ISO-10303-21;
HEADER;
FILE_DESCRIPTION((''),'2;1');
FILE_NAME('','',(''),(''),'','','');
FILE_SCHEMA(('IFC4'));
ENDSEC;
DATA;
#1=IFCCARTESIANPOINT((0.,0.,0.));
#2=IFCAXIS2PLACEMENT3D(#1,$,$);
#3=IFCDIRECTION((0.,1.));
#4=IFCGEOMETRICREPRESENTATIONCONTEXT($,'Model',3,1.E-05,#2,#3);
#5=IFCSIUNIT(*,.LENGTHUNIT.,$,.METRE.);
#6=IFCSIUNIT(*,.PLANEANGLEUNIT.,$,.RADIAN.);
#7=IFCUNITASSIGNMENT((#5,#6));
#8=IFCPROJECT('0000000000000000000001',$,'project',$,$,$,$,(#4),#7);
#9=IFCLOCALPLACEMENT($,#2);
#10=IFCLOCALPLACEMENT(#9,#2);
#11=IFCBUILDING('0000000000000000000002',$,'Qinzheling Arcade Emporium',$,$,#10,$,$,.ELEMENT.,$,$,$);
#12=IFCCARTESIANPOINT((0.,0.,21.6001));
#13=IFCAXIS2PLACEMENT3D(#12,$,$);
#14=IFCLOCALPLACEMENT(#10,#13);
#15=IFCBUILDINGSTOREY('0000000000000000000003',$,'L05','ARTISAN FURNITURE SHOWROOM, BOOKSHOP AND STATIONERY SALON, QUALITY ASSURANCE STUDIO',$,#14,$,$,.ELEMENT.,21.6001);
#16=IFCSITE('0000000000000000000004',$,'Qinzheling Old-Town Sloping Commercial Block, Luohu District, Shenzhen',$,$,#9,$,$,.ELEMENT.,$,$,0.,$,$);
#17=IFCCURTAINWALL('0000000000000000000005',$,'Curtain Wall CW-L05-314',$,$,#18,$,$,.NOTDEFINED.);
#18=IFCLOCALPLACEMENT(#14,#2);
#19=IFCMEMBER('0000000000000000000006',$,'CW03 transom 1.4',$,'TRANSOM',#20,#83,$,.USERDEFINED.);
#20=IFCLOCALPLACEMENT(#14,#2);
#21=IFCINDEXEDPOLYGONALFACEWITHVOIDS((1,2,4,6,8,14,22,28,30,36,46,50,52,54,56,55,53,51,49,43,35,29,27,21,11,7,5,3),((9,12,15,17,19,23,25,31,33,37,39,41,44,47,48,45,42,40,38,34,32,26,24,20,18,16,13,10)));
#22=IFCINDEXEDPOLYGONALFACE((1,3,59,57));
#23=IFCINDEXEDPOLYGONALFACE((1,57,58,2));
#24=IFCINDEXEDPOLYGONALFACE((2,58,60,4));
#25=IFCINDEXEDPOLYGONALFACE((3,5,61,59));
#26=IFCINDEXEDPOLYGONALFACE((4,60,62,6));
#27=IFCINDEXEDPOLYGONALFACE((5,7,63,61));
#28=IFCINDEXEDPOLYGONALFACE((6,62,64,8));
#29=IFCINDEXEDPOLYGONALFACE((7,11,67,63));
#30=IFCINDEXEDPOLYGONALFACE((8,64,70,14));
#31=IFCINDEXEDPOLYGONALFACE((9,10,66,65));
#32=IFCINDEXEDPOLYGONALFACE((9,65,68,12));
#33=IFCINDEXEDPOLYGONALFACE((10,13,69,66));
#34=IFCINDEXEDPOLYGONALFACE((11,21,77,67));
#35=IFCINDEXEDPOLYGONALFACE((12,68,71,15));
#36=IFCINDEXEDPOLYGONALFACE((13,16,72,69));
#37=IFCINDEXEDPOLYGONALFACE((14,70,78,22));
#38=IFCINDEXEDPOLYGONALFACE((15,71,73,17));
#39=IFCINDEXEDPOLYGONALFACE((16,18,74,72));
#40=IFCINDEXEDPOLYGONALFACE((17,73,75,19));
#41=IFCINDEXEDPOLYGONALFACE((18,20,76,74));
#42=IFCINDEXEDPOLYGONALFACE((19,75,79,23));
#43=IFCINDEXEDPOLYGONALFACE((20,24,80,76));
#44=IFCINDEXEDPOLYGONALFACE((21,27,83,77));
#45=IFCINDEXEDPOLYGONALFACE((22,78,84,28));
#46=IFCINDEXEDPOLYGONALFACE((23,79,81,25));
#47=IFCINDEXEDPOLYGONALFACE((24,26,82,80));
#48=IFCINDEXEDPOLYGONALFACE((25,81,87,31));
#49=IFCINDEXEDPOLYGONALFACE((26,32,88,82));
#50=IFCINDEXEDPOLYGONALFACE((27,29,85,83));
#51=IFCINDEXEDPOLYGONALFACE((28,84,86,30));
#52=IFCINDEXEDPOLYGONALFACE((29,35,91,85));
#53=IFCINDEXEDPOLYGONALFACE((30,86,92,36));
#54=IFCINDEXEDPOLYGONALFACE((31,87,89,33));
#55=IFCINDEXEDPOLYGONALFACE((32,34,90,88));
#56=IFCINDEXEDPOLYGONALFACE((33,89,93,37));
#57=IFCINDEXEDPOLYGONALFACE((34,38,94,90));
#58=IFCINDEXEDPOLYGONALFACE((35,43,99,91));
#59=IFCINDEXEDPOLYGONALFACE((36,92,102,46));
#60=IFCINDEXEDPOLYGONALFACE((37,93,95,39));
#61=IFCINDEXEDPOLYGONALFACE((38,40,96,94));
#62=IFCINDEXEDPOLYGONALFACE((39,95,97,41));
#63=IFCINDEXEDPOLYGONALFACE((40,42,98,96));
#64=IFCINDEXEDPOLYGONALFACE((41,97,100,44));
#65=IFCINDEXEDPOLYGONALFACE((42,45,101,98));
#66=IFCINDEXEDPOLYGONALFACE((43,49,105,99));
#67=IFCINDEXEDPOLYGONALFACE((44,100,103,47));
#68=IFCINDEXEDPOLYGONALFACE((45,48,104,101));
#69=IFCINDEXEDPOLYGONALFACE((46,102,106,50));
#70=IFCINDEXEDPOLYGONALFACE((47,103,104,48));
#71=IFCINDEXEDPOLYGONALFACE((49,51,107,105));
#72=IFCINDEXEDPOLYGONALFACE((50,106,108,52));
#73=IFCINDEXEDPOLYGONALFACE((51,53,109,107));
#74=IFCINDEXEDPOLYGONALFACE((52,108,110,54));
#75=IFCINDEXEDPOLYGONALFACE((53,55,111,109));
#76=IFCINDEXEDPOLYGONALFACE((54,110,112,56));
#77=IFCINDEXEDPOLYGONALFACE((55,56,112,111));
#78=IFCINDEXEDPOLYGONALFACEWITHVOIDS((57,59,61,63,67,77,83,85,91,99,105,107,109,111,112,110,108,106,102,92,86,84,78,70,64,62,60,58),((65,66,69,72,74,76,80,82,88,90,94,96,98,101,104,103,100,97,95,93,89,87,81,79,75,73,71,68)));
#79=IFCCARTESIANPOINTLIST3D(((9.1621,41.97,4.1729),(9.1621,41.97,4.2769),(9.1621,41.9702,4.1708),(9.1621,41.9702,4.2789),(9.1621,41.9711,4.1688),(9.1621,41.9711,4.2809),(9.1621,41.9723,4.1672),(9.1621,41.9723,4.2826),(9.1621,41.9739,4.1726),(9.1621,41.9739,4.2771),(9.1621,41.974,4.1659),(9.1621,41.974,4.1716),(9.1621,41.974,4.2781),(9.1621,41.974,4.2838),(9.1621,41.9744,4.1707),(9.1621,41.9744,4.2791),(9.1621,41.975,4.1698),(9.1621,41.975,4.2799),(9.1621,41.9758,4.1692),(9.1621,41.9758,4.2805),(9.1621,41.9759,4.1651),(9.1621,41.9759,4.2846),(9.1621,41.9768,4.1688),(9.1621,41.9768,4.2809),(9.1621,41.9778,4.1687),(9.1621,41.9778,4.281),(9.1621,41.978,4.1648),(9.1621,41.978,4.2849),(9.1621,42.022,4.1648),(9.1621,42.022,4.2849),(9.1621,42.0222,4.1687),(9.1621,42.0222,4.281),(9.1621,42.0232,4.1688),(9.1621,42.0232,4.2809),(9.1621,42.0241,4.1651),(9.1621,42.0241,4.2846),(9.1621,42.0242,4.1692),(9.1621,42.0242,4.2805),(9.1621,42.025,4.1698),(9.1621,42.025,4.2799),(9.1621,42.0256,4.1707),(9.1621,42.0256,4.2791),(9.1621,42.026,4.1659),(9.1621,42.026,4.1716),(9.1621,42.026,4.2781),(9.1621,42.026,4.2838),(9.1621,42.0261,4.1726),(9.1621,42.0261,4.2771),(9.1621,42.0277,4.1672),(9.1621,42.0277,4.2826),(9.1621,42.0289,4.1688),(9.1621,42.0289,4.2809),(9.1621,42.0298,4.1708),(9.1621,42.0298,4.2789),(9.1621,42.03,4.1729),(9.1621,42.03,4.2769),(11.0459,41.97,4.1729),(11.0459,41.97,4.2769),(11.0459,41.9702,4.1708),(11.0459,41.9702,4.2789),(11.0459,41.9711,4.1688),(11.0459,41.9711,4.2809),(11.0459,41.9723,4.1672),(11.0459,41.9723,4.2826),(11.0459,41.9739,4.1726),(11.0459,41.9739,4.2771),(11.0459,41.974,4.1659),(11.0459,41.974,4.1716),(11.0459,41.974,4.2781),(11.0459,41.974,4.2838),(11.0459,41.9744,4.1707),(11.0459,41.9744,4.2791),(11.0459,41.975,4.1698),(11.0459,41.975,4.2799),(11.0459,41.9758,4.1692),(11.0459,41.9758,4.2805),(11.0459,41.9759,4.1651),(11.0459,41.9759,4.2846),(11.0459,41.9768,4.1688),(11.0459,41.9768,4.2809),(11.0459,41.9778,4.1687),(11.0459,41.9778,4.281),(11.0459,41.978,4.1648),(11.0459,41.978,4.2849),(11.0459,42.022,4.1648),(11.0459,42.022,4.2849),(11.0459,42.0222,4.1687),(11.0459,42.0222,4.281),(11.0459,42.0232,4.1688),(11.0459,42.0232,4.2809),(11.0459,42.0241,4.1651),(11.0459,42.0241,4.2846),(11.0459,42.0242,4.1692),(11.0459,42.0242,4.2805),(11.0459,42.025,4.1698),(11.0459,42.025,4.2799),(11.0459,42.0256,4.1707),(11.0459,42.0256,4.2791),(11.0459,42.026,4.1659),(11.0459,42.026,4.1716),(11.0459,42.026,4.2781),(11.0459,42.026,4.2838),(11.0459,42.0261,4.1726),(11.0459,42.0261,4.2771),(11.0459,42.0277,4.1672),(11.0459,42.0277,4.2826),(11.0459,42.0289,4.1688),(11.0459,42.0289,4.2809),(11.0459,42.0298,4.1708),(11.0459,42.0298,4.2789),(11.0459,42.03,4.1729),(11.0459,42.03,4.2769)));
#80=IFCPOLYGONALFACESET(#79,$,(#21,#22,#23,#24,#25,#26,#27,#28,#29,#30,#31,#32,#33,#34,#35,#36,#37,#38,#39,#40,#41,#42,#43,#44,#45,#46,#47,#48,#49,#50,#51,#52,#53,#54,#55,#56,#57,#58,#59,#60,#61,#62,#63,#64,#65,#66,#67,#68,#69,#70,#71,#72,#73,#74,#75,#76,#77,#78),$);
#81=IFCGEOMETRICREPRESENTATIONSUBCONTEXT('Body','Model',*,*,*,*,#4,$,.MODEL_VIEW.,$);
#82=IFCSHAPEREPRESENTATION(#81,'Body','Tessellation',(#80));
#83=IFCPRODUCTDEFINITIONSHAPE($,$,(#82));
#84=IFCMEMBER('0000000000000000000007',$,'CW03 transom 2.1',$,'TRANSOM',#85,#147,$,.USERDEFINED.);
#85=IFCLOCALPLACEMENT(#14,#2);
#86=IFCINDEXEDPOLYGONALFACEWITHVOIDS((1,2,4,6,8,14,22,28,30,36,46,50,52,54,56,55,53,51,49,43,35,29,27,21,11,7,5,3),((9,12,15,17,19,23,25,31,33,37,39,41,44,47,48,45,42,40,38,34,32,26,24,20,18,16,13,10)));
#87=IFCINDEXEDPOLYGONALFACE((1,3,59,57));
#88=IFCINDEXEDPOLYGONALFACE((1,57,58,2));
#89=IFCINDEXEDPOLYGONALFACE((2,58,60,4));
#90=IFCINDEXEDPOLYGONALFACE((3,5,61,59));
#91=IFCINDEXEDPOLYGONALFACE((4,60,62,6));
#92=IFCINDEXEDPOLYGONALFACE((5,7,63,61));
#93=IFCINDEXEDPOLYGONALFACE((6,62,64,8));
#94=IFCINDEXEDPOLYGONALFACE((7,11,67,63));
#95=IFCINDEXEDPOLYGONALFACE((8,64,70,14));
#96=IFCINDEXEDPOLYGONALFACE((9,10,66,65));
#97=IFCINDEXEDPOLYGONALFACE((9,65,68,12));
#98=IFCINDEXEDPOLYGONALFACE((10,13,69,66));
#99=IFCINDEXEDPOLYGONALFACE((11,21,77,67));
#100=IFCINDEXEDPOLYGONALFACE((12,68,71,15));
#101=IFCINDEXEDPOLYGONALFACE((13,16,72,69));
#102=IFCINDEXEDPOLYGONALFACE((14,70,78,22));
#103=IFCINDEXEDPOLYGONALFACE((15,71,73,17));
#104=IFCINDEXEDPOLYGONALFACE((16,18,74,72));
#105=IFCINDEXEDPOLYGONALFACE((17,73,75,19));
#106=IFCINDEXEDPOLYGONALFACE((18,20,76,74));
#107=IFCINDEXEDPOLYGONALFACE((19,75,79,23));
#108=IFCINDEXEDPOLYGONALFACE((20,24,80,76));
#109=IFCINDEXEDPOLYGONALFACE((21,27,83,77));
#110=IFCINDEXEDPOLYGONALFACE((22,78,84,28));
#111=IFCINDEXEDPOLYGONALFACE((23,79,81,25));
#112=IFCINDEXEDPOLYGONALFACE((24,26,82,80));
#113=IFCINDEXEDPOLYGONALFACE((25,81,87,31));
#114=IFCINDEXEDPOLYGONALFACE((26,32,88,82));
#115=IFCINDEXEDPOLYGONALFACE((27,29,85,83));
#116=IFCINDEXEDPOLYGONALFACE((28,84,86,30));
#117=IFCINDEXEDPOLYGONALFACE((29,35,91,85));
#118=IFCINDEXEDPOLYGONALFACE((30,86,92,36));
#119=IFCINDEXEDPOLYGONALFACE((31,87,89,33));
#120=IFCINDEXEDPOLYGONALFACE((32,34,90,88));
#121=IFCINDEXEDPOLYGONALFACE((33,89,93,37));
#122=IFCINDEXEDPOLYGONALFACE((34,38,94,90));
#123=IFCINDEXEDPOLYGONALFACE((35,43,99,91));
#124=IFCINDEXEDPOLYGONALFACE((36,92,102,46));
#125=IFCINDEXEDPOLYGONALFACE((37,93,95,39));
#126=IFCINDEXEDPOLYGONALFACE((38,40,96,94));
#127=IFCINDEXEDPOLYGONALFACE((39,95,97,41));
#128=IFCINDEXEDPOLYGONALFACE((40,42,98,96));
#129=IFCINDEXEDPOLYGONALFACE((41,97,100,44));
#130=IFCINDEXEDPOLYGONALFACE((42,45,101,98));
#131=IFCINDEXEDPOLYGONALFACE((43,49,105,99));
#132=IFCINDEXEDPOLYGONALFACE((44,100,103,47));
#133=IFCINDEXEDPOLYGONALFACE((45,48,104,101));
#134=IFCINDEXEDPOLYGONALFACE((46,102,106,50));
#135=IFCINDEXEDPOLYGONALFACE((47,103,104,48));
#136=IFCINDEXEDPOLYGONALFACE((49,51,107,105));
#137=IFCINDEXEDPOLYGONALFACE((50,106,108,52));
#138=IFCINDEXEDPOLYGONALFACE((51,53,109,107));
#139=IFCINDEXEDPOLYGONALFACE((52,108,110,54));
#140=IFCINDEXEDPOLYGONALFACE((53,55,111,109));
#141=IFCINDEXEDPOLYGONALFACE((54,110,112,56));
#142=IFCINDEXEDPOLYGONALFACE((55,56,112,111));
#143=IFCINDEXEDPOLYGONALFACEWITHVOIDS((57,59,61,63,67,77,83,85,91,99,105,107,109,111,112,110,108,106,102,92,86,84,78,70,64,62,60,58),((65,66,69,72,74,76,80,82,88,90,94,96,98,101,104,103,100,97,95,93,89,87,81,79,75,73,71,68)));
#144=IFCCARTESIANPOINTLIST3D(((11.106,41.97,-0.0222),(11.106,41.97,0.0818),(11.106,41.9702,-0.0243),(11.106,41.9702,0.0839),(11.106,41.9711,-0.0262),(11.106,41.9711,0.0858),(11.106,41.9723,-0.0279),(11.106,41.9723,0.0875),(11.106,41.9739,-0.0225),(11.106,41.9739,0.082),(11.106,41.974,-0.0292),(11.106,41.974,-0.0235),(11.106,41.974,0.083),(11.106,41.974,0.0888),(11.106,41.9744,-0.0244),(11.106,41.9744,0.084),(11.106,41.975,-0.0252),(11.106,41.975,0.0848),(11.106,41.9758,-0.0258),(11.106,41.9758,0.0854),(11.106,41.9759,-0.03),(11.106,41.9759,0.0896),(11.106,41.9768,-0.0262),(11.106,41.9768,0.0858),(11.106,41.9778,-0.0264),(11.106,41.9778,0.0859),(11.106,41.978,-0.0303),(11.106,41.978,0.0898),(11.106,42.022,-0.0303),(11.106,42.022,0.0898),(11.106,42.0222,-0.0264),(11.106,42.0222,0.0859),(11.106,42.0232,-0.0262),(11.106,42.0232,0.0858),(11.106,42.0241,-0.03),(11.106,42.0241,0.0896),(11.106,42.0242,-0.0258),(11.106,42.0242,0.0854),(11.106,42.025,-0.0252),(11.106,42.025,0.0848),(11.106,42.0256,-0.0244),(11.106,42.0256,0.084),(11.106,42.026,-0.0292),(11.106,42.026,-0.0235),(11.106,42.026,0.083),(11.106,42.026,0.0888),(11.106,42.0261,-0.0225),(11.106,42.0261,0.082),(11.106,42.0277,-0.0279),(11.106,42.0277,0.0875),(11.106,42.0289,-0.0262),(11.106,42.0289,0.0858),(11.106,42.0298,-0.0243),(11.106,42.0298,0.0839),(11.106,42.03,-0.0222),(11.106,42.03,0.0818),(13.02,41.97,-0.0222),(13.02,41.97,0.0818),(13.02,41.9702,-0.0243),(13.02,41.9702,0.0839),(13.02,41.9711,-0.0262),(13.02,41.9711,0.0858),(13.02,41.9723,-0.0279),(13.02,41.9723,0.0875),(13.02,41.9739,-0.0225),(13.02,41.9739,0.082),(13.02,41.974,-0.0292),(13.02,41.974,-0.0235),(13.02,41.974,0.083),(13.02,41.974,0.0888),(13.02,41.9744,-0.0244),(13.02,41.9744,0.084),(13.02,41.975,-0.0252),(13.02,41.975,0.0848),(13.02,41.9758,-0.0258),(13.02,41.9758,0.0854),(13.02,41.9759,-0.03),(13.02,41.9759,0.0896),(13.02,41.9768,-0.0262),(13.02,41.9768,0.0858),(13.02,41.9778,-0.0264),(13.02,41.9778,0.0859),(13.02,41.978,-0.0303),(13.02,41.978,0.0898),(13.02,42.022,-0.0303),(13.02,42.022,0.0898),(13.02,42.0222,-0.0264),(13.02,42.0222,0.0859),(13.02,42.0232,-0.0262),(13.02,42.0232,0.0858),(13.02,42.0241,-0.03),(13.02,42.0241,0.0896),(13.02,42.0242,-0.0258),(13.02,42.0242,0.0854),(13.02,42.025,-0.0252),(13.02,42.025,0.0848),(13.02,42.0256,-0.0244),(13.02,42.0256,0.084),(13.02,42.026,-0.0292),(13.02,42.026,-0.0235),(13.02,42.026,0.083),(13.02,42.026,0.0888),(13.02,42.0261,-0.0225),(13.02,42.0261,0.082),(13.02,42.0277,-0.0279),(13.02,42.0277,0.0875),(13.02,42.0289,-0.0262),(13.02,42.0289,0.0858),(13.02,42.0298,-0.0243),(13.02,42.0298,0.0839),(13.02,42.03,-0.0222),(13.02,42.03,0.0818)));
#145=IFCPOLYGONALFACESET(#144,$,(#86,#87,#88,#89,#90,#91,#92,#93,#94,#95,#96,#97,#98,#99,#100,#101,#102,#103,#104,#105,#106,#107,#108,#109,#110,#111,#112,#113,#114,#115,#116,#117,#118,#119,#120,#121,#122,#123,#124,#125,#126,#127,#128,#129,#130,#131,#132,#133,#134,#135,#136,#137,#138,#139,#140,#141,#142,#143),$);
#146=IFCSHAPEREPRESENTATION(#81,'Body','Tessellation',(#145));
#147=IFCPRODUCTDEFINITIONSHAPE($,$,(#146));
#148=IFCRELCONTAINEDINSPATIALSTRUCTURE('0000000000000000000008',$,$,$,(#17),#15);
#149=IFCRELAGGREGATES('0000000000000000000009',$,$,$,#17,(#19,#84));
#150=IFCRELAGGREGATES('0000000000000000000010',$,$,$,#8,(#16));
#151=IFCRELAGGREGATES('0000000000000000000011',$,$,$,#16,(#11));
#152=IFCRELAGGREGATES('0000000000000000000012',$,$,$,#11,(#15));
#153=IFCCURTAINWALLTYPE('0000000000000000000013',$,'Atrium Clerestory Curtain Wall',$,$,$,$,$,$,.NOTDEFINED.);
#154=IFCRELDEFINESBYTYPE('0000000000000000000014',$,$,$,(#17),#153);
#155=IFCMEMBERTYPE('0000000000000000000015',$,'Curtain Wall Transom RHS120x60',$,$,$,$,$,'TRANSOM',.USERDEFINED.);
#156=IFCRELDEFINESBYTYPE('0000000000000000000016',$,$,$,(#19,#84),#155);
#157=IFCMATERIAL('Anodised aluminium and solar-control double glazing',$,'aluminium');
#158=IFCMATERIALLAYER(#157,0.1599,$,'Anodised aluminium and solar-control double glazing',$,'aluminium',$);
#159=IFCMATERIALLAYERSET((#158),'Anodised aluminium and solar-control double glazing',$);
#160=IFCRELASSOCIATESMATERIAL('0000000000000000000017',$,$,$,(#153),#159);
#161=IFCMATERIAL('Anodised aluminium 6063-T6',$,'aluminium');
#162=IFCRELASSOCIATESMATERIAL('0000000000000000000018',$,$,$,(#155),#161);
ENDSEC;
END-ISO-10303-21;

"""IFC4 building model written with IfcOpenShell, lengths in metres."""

from ifc_helpers import new_model, si_unit, direction, frame, origin, origin_2d, place, context, subcontext, project, spatial, hollow_rectangle, extrude, material, layer, layer_set, material_profile, profile_set, type_object, element, aggregate, save


model = new_model("IFC4")

# Units and contexts
model_context = context("Model", 3, precision=1e-05, world=origin(), true_north=direction((0.0, 1.0)))
body_context = subcontext(model_context, "Body", "Model", "MODEL_VIEW")
ifc_project = project(units=[si_unit("LENGTHUNIT", "METRE"), si_unit("PLANEANGLEUNIT", "RADIAN")], contexts=[model_context])

# Site, building, storey
site_placement = place(None, origin())
site = spatial("IfcSite", under=ifc_project, at=site_placement, Name="Qinzheling Old-Town Sloping Commercial Block, Luohu District, Shenzhen", CompositionType="ELEMENT", RefElevation=0.0)
building_placement = place(site_placement, origin())
building = spatial("IfcBuilding", under=site, at=building_placement, Name="Qinzheling Arcade Emporium", CompositionType="ELEMENT")
storey_placement = place(building_placement, frame((0.0, 0.0, 21.6001)))
storey = spatial("IfcBuildingStorey", under=building, at=storey_placement, Name="L05", Description="ARTISAN FURNITURE SHOWROOM, BOOKSHOP AND STATIONERY SALON, QUALITY ASSURANCE STUDIO", CompositionType="ELEMENT", Elevation=21.6001)

# Shared definitions
ifc_material_1 = material(Name="Anodised aluminium and solar-control double glazing", Category="aluminium")
ifc_material_2 = material(Name="Anodised aluminium 6063-T6", Category="aluminium")

# Curtain wall
ifc_layer_1 = layer(ifc_material_1, 0.1599, Name="Anodised aluminium and solar-control double glazing", Category="aluminium")
ifc_layer_set_1 = layer_set([ifc_layer_1], Name="Anodised aluminium and solar-control double glazing")
curtain_wall_type_1 = type_object("IfcCurtainWallType", Name="Atrium Clerestory Curtain Wall", PredefinedType="NOTDEFINED", material=ifc_layer_set_1)
curtain_wall_1_placement = place(storey_placement, origin())
curtain_wall_1 = element("IfcCurtainWall", 1, at=curtain_wall_1_placement, inside=storey, type_object=curtain_wall_type_1, Name="Curtain Wall CW-L05-314", PredefinedType="NOTDEFINED")

# Members
ifc_material_profile_1 = material_profile(ifc_material_2, hollow_rectangle(XDim=0.0601, YDim=0.1201, WallThickness=0.0039, InnerFilletRadius=0.0039, OuterFilletRadius=0.0081, at=origin_2d()), Name="RHS 120x60x4", Category="aluminium")
ifc_profile_set_1 = profile_set([ifc_material_profile_1], Name="Anodised aluminium 6063-T6")
member_type_1 = type_object("IfcMemberType", Name="Curtain Wall Transom RHS120x60", ElementType="TRANSOM", PredefinedType="USERDEFINED", material=ifc_profile_set_1)
member_1_placement = place(storey_placement, frame((9.1621, 42.0, 4.2249), z_axis=(1.0, 0.0, 0.0), x_axis=(0.0, 1.0, 0.0)))
member_1 = element("IfcMember", 2, at=member_1_placement, type_object=member_type_1, Name="CW03 transom 1.4", ObjectType="TRANSOM", PredefinedType="USERDEFINED", context=body_context, shape_type="SweptSolid", body=[
    extrude(hollow_rectangle(XDim=0.0601, YDim=0.1201, WallThickness=0.0039, InnerFilletRadius=0.0039, OuterFilletRadius=0.0081, at=origin_2d()), origin(), (0.0, 0.0, 1.0), 1.8838),
])
member_2_placement = place(storey_placement, frame((11.106, 42.0, 0.0298), z_axis=(1.0, 0.0, 0.0), x_axis=(0.0, 1.0, 0.0)))
member_2 = element("IfcMember", 3, at=member_2_placement, type_object=member_type_1, Name="CW03 transom 2.1", ObjectType="TRANSOM", PredefinedType="USERDEFINED", context=body_context, shape_type="SweptSolid", body=[
    extrude(hollow_rectangle(XDim=0.0601, YDim=0.1201, WallThickness=0.0039, InnerFilletRadius=0.0039, OuterFilletRadius=0.0081, at=origin_2d()), origin(), (0.0, 0.0, 1.0), 1.9141),
])

aggregate(curtain_wall_1, [member_1, member_2])

save(model, "model.ifc")
